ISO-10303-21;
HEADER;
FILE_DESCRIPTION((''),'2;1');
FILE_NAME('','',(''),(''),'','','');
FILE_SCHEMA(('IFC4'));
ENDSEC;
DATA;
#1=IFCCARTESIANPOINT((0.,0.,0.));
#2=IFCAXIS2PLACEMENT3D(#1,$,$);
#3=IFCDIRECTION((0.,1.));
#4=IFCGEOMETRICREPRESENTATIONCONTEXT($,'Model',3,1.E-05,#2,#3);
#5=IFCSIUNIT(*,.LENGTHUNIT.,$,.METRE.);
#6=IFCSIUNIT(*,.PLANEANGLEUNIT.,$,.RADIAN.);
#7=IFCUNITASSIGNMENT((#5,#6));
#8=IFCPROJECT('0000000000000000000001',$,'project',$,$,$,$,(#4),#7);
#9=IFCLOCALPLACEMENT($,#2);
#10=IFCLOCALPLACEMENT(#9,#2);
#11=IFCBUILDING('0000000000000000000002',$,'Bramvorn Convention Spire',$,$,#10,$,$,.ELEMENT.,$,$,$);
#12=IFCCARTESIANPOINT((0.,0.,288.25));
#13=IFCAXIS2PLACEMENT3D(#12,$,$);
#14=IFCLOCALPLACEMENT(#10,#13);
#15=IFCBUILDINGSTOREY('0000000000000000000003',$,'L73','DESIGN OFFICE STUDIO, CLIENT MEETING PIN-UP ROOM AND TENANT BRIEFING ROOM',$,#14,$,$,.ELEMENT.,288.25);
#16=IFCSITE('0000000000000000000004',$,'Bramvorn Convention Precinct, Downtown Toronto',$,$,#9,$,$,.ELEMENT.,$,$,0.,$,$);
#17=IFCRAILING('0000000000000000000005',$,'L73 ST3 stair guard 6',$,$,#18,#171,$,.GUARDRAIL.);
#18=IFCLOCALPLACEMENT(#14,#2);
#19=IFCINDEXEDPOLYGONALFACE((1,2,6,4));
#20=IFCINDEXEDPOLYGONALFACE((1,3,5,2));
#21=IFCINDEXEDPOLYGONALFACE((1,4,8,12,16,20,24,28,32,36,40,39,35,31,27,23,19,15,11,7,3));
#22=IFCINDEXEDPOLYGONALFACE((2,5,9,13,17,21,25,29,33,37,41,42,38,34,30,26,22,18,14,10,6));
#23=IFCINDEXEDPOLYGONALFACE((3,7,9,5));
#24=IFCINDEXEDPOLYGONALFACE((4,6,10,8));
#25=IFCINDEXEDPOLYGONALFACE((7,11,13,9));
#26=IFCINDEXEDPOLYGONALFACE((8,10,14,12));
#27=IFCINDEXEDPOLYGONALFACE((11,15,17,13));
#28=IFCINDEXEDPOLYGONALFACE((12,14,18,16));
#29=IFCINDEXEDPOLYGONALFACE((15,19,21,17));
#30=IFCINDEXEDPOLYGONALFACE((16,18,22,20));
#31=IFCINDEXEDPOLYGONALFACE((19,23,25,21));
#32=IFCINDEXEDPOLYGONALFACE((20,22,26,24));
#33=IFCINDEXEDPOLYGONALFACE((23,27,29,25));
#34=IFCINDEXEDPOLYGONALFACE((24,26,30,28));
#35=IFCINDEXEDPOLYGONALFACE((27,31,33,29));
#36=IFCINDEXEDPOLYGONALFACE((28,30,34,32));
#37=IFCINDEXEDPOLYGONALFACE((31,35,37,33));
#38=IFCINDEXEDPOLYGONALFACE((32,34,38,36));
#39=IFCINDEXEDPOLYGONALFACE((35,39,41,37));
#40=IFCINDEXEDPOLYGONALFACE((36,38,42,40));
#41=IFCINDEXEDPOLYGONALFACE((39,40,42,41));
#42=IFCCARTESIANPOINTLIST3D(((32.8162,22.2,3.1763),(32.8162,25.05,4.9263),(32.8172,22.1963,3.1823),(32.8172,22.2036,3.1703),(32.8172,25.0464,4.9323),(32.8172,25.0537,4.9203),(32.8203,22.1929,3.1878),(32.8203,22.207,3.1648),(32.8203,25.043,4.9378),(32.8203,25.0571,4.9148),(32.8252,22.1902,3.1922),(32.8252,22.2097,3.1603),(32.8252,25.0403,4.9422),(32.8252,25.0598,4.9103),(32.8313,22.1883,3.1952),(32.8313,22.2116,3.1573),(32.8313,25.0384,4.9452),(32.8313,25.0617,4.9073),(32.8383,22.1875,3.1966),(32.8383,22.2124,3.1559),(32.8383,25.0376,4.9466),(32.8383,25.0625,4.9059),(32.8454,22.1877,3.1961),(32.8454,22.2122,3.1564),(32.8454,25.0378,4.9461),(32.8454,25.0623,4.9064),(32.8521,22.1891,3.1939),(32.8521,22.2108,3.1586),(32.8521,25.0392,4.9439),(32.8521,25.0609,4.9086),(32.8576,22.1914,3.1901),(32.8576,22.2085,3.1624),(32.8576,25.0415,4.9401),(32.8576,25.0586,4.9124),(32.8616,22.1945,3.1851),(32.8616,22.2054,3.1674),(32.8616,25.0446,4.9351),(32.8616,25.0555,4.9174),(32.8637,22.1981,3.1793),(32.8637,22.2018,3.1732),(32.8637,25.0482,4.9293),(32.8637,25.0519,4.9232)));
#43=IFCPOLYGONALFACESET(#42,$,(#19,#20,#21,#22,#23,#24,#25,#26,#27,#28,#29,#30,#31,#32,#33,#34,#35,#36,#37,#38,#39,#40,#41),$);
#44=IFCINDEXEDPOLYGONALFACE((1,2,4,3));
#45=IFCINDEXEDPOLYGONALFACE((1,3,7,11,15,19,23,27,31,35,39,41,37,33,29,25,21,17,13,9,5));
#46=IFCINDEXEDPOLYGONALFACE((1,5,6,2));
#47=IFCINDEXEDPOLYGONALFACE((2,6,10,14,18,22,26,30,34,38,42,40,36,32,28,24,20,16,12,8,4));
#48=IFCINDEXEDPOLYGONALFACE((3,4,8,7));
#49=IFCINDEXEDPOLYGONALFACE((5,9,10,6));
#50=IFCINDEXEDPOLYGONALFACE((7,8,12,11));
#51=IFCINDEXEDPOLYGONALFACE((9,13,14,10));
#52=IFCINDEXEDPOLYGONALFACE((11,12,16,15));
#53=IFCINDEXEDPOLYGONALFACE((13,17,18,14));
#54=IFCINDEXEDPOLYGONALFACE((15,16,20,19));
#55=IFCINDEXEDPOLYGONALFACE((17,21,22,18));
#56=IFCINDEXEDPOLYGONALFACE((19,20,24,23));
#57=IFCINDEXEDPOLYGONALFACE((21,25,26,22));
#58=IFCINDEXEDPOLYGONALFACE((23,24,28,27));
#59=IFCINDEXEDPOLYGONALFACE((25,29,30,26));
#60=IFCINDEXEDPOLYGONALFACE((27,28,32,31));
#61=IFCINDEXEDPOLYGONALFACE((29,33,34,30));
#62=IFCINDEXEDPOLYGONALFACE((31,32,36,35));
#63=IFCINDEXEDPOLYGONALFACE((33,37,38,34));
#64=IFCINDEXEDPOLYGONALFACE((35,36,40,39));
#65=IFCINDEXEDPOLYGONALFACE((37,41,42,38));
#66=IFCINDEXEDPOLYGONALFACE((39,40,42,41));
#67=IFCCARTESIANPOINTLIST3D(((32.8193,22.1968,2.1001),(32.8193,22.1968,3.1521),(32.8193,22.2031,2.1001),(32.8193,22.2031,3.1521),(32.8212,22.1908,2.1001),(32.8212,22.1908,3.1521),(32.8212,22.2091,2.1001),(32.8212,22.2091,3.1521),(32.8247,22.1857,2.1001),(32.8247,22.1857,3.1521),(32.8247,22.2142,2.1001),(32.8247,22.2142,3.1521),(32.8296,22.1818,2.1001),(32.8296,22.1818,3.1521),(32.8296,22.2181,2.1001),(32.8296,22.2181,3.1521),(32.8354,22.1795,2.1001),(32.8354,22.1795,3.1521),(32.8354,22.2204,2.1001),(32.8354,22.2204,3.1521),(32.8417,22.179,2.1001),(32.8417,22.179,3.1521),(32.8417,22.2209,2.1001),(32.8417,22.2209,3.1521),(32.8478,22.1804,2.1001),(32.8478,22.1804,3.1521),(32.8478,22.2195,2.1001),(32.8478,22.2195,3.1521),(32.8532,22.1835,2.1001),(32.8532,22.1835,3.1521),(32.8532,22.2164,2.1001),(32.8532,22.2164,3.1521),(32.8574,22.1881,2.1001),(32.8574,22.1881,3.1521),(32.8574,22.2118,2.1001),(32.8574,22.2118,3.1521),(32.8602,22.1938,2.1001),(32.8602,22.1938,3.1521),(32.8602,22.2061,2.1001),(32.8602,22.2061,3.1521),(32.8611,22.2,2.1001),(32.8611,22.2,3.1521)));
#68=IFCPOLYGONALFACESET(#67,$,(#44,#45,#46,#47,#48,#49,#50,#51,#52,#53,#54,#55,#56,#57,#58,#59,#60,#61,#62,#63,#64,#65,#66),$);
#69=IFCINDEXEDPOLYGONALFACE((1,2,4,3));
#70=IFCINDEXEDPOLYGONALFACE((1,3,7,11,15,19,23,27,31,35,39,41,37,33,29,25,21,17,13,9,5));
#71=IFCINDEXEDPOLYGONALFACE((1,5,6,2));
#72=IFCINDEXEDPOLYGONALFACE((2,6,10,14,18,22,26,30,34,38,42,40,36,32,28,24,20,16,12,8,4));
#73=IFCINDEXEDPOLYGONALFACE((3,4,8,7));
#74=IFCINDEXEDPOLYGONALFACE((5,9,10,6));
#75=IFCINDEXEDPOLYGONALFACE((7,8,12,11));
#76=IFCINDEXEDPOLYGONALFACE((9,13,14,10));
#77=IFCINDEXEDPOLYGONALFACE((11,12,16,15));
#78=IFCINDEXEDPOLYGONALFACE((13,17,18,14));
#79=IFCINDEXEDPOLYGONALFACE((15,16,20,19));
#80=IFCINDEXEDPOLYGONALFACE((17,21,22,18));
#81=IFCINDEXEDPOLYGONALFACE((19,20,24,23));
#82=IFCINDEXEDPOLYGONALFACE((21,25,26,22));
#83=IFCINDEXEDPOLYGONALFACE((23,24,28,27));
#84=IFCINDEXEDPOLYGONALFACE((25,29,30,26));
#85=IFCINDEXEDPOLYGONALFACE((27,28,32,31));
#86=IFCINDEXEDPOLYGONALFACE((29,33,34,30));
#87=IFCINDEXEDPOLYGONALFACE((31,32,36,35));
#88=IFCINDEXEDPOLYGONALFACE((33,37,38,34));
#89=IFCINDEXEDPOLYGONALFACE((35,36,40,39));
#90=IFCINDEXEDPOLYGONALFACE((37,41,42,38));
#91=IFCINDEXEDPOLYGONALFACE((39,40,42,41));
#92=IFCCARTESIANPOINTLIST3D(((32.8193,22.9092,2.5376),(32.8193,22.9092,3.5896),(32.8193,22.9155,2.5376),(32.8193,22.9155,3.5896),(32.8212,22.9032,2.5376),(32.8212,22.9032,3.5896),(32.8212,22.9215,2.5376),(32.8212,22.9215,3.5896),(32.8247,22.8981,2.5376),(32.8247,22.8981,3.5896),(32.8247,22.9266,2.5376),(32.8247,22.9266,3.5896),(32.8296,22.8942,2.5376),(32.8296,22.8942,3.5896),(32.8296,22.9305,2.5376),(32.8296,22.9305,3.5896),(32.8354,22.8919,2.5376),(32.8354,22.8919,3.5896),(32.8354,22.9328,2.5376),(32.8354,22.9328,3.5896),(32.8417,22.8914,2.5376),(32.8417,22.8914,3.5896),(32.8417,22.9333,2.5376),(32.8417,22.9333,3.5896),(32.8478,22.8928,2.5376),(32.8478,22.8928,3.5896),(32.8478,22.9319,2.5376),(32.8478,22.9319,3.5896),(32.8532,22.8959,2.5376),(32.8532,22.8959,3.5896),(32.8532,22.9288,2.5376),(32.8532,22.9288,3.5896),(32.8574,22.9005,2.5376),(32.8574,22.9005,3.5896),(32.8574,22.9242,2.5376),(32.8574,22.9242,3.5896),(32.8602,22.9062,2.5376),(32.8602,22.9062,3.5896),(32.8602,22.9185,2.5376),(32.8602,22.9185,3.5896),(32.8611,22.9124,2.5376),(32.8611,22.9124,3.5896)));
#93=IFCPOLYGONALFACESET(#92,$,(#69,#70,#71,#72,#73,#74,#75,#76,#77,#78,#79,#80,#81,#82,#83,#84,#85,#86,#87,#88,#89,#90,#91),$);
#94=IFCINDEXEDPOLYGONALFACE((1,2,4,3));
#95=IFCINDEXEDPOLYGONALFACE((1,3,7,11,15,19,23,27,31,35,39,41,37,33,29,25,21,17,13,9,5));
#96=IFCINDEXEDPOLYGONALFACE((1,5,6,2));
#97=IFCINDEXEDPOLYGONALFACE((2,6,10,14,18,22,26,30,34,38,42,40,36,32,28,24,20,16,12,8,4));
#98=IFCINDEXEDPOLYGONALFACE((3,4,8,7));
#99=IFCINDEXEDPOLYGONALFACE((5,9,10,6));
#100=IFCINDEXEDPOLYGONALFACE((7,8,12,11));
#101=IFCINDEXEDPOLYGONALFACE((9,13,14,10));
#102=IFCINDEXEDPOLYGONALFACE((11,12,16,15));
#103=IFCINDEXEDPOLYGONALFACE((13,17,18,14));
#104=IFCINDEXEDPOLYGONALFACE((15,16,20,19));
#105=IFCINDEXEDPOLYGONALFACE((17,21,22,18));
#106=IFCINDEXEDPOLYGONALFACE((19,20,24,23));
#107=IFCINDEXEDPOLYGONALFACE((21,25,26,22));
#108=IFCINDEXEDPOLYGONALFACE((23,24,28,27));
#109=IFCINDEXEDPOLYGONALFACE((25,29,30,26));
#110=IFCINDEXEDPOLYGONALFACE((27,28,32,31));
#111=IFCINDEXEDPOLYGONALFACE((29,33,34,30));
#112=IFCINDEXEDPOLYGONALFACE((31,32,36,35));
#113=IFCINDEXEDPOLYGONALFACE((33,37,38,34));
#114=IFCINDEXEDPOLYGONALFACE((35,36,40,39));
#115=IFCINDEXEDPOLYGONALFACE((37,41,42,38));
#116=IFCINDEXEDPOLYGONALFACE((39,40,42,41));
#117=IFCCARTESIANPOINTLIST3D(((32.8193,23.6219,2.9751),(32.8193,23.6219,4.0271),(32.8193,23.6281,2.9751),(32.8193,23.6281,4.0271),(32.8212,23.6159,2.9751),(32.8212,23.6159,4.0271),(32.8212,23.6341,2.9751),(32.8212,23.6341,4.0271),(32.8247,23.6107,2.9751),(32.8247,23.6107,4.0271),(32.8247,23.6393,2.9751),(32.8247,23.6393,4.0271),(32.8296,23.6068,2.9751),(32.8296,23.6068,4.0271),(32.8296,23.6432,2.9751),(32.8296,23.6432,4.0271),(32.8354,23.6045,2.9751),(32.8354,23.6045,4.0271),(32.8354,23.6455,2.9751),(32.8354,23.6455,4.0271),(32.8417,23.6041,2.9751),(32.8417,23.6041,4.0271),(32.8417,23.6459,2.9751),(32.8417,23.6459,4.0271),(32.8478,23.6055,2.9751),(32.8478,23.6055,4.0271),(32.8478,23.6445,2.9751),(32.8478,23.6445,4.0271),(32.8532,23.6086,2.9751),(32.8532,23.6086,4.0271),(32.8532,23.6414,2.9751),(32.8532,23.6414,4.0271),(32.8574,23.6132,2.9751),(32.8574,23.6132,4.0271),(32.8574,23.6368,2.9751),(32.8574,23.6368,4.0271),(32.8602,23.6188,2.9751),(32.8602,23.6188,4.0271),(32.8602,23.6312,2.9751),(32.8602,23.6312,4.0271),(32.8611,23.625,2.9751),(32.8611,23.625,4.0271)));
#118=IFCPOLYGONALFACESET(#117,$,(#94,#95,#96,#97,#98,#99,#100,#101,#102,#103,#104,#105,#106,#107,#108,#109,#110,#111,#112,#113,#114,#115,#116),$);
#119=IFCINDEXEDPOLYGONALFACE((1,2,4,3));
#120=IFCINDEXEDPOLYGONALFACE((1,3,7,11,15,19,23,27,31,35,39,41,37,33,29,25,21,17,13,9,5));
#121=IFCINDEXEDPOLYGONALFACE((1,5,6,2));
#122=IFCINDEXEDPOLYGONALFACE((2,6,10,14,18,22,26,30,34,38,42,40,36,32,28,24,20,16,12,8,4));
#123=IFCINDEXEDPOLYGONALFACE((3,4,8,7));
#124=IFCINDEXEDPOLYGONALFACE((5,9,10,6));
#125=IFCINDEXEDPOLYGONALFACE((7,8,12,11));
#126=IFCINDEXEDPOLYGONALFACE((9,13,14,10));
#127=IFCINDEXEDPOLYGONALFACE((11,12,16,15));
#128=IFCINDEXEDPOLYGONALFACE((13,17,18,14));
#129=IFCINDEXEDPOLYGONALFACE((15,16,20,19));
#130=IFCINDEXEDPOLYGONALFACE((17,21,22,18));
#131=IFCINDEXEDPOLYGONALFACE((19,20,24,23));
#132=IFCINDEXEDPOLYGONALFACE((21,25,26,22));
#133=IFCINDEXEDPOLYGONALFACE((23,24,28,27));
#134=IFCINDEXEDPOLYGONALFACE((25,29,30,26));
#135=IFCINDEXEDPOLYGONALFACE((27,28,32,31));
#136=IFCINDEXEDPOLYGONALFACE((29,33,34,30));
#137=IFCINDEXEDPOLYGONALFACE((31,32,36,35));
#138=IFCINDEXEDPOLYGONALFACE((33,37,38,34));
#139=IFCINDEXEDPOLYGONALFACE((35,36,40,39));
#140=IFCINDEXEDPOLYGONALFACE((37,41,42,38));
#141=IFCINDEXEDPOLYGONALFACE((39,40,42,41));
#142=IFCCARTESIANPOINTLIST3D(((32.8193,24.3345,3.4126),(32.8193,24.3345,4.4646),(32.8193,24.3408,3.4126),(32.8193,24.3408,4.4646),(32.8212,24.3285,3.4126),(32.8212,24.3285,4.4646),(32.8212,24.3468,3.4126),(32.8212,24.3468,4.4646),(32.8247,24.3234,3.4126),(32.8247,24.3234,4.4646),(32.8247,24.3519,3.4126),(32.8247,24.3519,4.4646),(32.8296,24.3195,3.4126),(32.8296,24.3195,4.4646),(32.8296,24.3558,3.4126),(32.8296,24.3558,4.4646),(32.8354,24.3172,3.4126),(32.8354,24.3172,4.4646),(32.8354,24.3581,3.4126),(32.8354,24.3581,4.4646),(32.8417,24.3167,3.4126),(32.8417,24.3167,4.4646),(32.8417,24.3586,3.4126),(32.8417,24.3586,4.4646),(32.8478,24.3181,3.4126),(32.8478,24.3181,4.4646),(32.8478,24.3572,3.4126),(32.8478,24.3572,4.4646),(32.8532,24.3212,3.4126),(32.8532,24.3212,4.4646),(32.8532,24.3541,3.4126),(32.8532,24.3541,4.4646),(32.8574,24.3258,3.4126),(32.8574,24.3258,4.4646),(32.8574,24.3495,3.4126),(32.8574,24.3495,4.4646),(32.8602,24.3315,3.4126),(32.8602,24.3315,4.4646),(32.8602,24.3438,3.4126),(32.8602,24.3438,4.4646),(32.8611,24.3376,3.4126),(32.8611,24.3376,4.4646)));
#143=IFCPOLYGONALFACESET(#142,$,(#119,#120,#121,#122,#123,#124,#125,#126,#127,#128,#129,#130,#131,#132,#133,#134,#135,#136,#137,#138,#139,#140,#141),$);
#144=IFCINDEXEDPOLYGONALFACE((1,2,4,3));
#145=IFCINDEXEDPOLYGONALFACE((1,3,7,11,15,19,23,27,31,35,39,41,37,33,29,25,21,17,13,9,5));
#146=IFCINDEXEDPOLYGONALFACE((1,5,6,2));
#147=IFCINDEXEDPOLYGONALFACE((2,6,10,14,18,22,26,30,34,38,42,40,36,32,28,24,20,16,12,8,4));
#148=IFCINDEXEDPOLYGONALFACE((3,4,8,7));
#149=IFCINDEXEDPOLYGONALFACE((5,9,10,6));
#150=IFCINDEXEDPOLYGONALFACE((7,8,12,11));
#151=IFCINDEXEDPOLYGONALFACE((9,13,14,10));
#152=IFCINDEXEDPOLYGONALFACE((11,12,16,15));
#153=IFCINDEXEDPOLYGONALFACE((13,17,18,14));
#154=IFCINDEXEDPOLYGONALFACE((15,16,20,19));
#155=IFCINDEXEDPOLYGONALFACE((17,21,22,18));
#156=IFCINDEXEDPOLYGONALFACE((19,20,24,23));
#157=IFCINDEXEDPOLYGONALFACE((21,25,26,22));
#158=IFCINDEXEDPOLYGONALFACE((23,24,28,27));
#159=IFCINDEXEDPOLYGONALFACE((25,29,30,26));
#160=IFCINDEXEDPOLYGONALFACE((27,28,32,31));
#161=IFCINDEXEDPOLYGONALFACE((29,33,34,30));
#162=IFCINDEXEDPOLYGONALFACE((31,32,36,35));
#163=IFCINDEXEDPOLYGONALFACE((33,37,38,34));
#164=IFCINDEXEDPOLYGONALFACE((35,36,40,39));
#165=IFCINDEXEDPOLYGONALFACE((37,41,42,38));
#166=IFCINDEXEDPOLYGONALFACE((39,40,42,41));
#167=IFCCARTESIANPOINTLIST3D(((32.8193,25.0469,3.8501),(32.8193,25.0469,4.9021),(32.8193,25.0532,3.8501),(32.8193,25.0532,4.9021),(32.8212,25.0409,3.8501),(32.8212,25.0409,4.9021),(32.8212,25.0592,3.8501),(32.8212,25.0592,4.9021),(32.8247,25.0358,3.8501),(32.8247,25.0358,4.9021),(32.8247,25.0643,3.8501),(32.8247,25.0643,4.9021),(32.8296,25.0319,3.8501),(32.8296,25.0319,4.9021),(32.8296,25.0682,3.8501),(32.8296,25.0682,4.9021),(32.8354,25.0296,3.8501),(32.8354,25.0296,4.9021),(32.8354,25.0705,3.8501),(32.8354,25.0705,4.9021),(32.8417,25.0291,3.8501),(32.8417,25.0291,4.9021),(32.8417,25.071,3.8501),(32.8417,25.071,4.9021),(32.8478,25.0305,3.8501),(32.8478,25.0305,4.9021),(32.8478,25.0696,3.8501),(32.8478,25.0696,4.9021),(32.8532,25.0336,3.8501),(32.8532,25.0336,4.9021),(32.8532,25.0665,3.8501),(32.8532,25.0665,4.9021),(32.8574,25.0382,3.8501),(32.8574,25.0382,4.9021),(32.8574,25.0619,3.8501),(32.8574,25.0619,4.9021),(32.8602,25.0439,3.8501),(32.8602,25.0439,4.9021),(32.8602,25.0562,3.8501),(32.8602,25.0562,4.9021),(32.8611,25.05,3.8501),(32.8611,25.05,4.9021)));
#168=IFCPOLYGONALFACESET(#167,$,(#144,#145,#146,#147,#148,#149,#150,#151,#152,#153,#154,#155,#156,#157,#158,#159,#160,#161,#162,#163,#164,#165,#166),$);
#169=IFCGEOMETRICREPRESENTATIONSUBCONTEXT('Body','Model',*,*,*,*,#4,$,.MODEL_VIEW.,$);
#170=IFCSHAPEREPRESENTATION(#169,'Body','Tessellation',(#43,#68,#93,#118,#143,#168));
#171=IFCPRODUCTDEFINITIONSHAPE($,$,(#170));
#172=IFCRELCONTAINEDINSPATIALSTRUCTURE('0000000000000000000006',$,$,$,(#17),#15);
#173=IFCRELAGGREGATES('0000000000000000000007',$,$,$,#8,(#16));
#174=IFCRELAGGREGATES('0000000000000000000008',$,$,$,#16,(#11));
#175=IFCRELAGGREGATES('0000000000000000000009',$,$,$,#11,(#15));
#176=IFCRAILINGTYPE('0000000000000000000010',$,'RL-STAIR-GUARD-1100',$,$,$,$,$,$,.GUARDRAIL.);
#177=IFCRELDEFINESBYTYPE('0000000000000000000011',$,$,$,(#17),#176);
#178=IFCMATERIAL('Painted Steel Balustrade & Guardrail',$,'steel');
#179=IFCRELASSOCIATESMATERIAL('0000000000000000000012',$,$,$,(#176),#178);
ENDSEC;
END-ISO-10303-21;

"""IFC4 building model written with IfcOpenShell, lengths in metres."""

from ifc_helpers import new_model, si_unit, direction, frame, origin, origin_2d, place, context, subcontext, project, spatial, circle, extrude, material, type_object, element, save


model = new_model("IFC4")

# Units and contexts
model_context = context("Model", 3, precision=1e-05, world=origin(), true_north=direction((0.0, 1.0)))
body_context = subcontext(model_context, "Body", "Model", "MODEL_VIEW")
ifc_project = project(units=[si_unit("LENGTHUNIT", "METRE"), si_unit("PLANEANGLEUNIT", "RADIAN")], contexts=[model_context])

# Site, building, storey
site_placement = place(None, origin())
site = spatial("IfcSite", under=ifc_project, at=site_placement, Name="Bramvorn Convention Precinct, Downtown Toronto", CompositionType="ELEMENT", RefElevation=0.0)
building_placement = place(site_placement, origin())
building = spatial("IfcBuilding", under=site, at=building_placement, Name="Bramvorn Convention Spire", CompositionType="ELEMENT")
storey_placement = place(building_placement, frame((0.0, 0.0, 288.25)))
storey = spatial("IfcBuildingStorey", under=building, at=storey_placement, Name="L73", Description="DESIGN OFFICE STUDIO, CLIENT MEETING PIN-UP ROOM AND TENANT BRIEFING ROOM", CompositionType="ELEMENT", Elevation=288.25)

# Railing
ifc_material_1 = material(Name="Painted Steel Balustrade & Guardrail", Category="steel")
railing_type_1 = type_object("IfcRailingType", Name="RL-STAIR-GUARD-1100", PredefinedType="GUARDRAIL", material=ifc_material_1)
railing_1_placement = place(storey_placement, frame((32.8401, 22.2, 2.1001)))
element("IfcRailing", 1, at=railing_1_placement, inside=storey, type_object=railing_type_1, Name="L73 ST3 stair guard 6", PredefinedType="GUARDRAIL", context=body_context, shape_type="SweptSolid", body=[
    extrude(circle(Radius=0.0239, at=origin_2d()), frame((0.0, 0.0, 1.0762), z_axis=(0.0, 0.852179, 0.52325), x_axis=(-1.0, 0.0, 0.0)), (0.0, 0.0, 1.0), 3.3445),
    extrude(circle(Radius=0.021, at=origin_2d()), origin(), (0.0, 0.0, 1.0), 1.052),
    extrude(circle(Radius=0.021, at=origin_2d()), frame((0.0, 0.7124, 0.4375)), (0.0, 0.0, 1.0), 1.052),
    extrude(circle(Radius=0.021, at=origin_2d()), frame((0.0, 1.425, 0.875)), (0.0, 0.0, 1.0), 1.052),
    extrude(circle(Radius=0.021, at=origin_2d()), frame((0.0, 2.1377, 1.3125)), (0.0, 0.0, 1.0), 1.052),
    extrude(circle(Radius=0.021, at=origin_2d()), frame((0.0, 2.8501, 1.75)), (0.0, 0.0, 1.0), 1.052),
])

save(model, "model.ifc")
